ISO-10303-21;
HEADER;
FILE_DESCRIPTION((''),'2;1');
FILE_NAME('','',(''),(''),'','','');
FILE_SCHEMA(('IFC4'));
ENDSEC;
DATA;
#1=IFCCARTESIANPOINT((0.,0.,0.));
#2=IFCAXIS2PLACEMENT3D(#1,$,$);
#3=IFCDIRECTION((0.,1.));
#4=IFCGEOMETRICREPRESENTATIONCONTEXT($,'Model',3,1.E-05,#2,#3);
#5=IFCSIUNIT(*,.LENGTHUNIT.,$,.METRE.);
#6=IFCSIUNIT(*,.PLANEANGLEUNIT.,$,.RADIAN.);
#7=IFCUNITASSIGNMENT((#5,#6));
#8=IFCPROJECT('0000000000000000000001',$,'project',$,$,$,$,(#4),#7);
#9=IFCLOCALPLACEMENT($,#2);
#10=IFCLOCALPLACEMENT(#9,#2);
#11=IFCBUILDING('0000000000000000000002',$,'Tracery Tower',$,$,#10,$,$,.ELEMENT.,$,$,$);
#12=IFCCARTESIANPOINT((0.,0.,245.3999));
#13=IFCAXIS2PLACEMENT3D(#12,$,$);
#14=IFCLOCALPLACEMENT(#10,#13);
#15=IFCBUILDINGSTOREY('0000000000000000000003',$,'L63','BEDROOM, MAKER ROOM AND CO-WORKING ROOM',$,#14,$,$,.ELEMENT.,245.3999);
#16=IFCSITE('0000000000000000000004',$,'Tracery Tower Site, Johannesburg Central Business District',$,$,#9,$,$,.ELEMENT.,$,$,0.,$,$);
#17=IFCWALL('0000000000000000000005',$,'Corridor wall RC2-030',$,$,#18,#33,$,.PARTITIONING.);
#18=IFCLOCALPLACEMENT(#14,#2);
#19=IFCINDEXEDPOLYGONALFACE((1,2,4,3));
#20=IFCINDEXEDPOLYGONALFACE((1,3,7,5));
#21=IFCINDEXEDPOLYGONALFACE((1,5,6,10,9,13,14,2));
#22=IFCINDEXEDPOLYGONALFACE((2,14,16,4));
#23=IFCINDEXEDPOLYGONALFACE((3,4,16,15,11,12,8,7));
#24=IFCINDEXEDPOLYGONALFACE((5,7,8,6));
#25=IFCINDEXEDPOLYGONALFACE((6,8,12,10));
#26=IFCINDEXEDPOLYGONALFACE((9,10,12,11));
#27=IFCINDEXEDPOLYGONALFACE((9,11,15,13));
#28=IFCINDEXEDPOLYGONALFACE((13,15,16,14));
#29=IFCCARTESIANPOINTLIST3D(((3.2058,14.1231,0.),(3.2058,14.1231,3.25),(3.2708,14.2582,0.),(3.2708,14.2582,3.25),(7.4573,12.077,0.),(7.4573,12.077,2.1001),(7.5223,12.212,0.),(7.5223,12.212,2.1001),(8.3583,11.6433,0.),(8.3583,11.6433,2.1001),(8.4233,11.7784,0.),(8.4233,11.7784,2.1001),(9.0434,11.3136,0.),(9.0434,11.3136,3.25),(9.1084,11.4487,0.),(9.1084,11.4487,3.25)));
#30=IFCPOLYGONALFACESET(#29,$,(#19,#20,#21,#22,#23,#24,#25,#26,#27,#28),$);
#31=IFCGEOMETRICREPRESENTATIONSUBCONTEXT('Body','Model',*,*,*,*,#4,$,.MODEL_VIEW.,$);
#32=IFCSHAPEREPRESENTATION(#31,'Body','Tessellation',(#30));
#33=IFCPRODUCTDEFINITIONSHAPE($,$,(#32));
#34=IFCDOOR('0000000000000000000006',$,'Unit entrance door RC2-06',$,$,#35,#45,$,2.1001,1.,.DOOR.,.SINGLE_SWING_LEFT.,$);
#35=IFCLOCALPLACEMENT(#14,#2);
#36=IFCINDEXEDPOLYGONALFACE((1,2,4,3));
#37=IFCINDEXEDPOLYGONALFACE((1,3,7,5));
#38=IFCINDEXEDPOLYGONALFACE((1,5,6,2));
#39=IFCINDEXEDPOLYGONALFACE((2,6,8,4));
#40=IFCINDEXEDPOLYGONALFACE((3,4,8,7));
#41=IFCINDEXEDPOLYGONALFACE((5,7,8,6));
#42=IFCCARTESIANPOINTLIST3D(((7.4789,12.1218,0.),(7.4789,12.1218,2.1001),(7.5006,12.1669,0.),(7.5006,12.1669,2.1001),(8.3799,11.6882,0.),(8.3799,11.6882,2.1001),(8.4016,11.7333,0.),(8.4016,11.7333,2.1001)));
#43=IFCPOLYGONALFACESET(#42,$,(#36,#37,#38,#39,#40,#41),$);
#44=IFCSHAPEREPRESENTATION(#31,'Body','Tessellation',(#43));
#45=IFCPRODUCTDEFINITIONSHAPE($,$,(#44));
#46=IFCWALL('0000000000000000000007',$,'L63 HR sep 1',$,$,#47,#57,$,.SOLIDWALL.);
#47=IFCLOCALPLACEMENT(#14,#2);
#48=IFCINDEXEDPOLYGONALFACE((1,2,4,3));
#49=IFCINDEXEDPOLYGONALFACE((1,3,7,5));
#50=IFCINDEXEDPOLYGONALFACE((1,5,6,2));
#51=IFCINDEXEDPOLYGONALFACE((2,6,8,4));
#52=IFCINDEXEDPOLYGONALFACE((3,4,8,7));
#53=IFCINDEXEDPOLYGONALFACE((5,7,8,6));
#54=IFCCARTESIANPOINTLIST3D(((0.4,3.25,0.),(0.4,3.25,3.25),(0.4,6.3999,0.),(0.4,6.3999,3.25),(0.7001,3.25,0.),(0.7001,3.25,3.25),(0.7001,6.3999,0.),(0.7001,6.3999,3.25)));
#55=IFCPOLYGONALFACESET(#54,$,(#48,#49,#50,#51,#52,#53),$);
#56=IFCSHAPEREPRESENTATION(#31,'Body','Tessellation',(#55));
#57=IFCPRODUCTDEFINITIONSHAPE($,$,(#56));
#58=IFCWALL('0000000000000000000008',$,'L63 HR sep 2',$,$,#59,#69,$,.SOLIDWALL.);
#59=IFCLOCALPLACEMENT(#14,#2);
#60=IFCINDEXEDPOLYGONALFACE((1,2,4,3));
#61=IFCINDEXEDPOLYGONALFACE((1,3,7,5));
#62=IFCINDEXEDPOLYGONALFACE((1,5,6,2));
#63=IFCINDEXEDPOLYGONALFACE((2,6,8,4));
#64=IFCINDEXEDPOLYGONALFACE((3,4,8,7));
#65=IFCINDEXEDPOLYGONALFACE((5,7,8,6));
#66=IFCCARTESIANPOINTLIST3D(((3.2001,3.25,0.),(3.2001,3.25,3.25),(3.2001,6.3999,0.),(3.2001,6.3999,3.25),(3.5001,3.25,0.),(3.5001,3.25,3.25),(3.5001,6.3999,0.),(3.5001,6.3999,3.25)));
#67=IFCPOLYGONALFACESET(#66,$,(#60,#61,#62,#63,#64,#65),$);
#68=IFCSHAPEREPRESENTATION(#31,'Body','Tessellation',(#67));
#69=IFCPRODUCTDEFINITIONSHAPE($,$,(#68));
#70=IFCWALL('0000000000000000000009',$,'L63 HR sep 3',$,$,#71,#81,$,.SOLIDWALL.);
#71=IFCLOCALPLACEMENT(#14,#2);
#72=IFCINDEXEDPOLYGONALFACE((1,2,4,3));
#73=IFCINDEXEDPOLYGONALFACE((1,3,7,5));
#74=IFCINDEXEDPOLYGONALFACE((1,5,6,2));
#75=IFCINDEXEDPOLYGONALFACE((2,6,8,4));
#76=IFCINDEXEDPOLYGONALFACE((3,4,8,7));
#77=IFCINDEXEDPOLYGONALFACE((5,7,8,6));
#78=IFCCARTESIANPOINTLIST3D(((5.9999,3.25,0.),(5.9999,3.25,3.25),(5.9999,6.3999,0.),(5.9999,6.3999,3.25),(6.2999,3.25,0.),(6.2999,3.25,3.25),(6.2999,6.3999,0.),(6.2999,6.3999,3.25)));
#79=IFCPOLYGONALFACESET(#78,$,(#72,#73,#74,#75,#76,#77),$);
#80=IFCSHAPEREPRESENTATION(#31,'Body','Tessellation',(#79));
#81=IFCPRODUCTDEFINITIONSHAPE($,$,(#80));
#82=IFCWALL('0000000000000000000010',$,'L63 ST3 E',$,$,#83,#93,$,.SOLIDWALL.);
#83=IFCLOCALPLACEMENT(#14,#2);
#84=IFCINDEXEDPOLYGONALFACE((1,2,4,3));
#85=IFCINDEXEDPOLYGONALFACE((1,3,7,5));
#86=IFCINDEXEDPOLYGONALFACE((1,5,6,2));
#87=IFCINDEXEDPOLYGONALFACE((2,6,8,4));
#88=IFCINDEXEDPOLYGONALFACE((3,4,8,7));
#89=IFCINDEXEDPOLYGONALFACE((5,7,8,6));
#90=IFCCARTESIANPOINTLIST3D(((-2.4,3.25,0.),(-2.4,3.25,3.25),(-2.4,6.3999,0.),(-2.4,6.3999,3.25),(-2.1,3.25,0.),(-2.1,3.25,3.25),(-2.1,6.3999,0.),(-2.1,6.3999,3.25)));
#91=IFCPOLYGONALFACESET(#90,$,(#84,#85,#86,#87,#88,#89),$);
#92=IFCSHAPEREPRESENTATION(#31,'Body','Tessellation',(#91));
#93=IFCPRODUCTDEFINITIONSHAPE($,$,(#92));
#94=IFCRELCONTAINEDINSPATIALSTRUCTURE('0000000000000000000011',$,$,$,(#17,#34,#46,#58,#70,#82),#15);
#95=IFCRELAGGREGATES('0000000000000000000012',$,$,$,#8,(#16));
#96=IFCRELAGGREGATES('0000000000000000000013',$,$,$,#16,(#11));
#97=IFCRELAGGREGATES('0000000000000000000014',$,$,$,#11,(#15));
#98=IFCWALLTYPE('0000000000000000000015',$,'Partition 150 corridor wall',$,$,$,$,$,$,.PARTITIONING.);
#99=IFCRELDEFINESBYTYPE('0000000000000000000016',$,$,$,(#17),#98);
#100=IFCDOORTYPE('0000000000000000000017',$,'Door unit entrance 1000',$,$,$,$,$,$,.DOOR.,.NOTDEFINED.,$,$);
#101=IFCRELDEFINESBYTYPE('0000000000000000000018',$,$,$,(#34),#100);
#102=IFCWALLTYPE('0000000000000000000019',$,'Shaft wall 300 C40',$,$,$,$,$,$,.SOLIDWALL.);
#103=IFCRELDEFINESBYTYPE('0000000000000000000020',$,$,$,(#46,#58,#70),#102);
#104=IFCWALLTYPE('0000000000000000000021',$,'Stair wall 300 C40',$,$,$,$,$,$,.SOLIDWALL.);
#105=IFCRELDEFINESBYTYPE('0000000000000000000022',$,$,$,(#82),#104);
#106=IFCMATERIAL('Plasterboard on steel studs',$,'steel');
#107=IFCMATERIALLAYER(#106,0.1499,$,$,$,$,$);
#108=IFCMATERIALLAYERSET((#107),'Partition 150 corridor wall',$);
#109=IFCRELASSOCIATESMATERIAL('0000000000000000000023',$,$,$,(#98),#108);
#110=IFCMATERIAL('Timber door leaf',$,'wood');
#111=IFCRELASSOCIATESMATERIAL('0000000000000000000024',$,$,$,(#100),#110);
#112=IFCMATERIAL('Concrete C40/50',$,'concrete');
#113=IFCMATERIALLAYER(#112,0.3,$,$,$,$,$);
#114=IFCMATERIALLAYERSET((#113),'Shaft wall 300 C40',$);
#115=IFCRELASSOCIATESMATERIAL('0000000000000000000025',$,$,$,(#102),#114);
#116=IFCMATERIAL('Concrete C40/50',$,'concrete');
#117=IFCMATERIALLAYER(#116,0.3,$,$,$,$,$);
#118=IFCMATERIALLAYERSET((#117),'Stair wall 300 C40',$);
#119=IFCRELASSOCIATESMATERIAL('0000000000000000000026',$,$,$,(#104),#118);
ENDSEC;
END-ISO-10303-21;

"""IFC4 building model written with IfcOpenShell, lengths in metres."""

from ifc_helpers import new_model, si_unit, direction, frame, frame_2d, origin, place, context, subcontext, project, spatial, rectangle, extrude, material, layer, layer_set, type_object, element, fill, save


model = new_model("IFC4")

# Units and contexts
model_context = context("Model", 3, precision=1e-05, world=origin(), true_north=direction((0.0, 1.0)))
body_context = subcontext(model_context, "Body", "Model", "MODEL_VIEW")
ifc_project = project(units=[si_unit("LENGTHUNIT", "METRE"), si_unit("PLANEANGLEUNIT", "RADIAN")], contexts=[model_context])

# Site, building, storey
site_placement = place(None, origin())
site = spatial("IfcSite", under=ifc_project, at=site_placement, Name="Tracery Tower Site, Johannesburg Central Business District", CompositionType="ELEMENT", RefElevation=0.0)
building_placement = place(site_placement, origin())
building = spatial("IfcBuilding", under=site, at=building_placement, Name="Tracery Tower", CompositionType="ELEMENT")
storey_placement = place(building_placement, frame((0.0, 0.0, 245.3999)))
storey = spatial("IfcBuildingStorey", under=building, at=storey_placement, Name="L63", Description="BEDROOM, MAKER ROOM AND CO-WORKING ROOM", CompositionType="ELEMENT", Elevation=245.3999)

# Shared definitions
ifc_material_1 = material(Name="Plasterboard on steel studs", Category="steel")
ifc_layer_1 = layer(ifc_material_1, 0.1499)
ifc_layer_set_1 = layer_set([ifc_layer_1], Name="Partition 150 corridor wall")
wall_type_1 = type_object("IfcWallType", Name="Partition 150 corridor wall", PredefinedType="PARTITIONING", material=ifc_layer_set_1)

# Wall, opening, door
wall_1_placement = place(storey_placement, frame((3.2383, 14.1907, 0.0), z_axis=(0.0, 0.0, 1.0), x_axis=(0.901071, -0.433672, 0.0)))
wall_1 = element("IfcWall", 1, at=wall_1_placement, inside=storey, type_object=wall_type_1, Name="Corridor wall RC2-030", PredefinedType="PARTITIONING", context=body_context, shape_type="SweptSolid", body=[
    extrude(rectangle(XDim=6.4785, YDim=0.1499, at=frame_2d((3.2393, 0.0))), origin(), (0.0, 0.0, 1.0), 3.25),
])
opening_1_placement = place(wall_1_placement, frame((4.7183, 0.0, 0.0)))
opening_1 = element("IfcOpeningElement", 2, at=opening_1_placement, cuts=wall_1, PredefinedType="OPENING", context=body_context, shape_type="SweptSolid", body=[
    extrude(rectangle(XDim=1.0, YDim=2.1001, at=frame_2d((0.5, 1.05))), frame((0.0, 0.075, 0.0), z_axis=(0.0, -1.0, 0.0), x_axis=(1.0, 0.0, 0.0)), (0.0, 0.0, 1.0), 0.1499),
])
ifc_material_2 = material(Name="Timber door leaf", Category="wood")
door_type_1 = type_object("IfcDoorType", Name="Door unit entrance 1000", OperationType="NOTDEFINED", PredefinedType="DOOR", material=ifc_material_2)
door_1_placement = place(opening_1_placement, origin())
door_1 = element("IfcDoor", 3, at=door_1_placement, inside=storey, type_object=door_type_1, Name="Unit entrance door RC2-06", OperationType="SINGLE_SWING_LEFT", OverallHeight=2.1001, OverallWidth=1.0, PredefinedType="DOOR", context=body_context, shape_type="SweptSolid", body=[
    extrude(rectangle(XDim=1.0, YDim=2.1001, at=frame_2d((0.5, 1.05))), frame((0.0, 0.0249, 0.0), z_axis=(0.0, -1.0, 0.0), x_axis=(1.0, 0.0, 0.0)), (0.0, 0.0, 1.0), 0.05),
])
fill(opening_1, door_1)

# Walls
ifc_material_3 = material(Name="Concrete C40/50", Category="concrete")
ifc_layer_2 = layer(ifc_material_3, 0.3)
ifc_layer_set_2 = layer_set([ifc_layer_2], Name="Shaft wall 300 C40")
wall_type_2 = type_object("IfcWallType", Name="Shaft wall 300 C40", PredefinedType="SOLIDWALL", material=ifc_layer_set_2)
for number, where, z_axis, x_axis, name in (
    (4, (0.55, 3.25, 0.0), (0.0, 0.0, 1.0), (0.0, 1.0, 0.0), "L63 HR sep 1"),
    (5, (3.3501, 3.25, 0.0), (0.0, 0.0, 1.0), (0.0, 1.0, 0.0), "L63 HR sep 2"),
    (6, (6.1499, 3.25, 0.0), (0.0, 0.0, 1.0), (0.0, 1.0, 0.0), "L63 HR sep 3"),
):
    element("IfcWall", number, at=place(storey_placement, frame(where, z_axis=z_axis, x_axis=x_axis)), inside=storey, type_object=wall_type_2, Name=name, PredefinedType="SOLIDWALL", context=body_context, shape_type="SweptSolid", body=[
        extrude(rectangle(XDim=3.1499, YDim=0.3, at=frame_2d((1.575, 0.0))), origin(), (0.0, 0.0, 1.0), 3.25),
    ])
ifc_material_4 = material(Name="Concrete C40/50", Category="concrete")
ifc_layer_3 = layer(ifc_material_4, 0.3)
ifc_layer_set_3 = layer_set([ifc_layer_3], Name="Stair wall 300 C40")
wall_type_3 = type_object("IfcWallType", Name="Stair wall 300 C40", PredefinedType="SOLIDWALL", material=ifc_layer_set_3)
wall_2_placement = place(storey_placement, frame((-2.25, 3.25, 0.0), z_axis=(0.0, 0.0, 1.0), x_axis=(0.0, 1.0, 0.0)))
element("IfcWall", 7, at=wall_2_placement, inside=storey, type_object=wall_type_3, Name="L63 ST3 E", PredefinedType="SOLIDWALL", context=body_context, shape_type="SweptSolid", body=[
    extrude(rectangle(XDim=3.1499, YDim=0.3, at=frame_2d((1.575, 0.0))), origin(), (0.0, 0.0, 1.0), 3.25),
])

save(model, "model.ifc")
